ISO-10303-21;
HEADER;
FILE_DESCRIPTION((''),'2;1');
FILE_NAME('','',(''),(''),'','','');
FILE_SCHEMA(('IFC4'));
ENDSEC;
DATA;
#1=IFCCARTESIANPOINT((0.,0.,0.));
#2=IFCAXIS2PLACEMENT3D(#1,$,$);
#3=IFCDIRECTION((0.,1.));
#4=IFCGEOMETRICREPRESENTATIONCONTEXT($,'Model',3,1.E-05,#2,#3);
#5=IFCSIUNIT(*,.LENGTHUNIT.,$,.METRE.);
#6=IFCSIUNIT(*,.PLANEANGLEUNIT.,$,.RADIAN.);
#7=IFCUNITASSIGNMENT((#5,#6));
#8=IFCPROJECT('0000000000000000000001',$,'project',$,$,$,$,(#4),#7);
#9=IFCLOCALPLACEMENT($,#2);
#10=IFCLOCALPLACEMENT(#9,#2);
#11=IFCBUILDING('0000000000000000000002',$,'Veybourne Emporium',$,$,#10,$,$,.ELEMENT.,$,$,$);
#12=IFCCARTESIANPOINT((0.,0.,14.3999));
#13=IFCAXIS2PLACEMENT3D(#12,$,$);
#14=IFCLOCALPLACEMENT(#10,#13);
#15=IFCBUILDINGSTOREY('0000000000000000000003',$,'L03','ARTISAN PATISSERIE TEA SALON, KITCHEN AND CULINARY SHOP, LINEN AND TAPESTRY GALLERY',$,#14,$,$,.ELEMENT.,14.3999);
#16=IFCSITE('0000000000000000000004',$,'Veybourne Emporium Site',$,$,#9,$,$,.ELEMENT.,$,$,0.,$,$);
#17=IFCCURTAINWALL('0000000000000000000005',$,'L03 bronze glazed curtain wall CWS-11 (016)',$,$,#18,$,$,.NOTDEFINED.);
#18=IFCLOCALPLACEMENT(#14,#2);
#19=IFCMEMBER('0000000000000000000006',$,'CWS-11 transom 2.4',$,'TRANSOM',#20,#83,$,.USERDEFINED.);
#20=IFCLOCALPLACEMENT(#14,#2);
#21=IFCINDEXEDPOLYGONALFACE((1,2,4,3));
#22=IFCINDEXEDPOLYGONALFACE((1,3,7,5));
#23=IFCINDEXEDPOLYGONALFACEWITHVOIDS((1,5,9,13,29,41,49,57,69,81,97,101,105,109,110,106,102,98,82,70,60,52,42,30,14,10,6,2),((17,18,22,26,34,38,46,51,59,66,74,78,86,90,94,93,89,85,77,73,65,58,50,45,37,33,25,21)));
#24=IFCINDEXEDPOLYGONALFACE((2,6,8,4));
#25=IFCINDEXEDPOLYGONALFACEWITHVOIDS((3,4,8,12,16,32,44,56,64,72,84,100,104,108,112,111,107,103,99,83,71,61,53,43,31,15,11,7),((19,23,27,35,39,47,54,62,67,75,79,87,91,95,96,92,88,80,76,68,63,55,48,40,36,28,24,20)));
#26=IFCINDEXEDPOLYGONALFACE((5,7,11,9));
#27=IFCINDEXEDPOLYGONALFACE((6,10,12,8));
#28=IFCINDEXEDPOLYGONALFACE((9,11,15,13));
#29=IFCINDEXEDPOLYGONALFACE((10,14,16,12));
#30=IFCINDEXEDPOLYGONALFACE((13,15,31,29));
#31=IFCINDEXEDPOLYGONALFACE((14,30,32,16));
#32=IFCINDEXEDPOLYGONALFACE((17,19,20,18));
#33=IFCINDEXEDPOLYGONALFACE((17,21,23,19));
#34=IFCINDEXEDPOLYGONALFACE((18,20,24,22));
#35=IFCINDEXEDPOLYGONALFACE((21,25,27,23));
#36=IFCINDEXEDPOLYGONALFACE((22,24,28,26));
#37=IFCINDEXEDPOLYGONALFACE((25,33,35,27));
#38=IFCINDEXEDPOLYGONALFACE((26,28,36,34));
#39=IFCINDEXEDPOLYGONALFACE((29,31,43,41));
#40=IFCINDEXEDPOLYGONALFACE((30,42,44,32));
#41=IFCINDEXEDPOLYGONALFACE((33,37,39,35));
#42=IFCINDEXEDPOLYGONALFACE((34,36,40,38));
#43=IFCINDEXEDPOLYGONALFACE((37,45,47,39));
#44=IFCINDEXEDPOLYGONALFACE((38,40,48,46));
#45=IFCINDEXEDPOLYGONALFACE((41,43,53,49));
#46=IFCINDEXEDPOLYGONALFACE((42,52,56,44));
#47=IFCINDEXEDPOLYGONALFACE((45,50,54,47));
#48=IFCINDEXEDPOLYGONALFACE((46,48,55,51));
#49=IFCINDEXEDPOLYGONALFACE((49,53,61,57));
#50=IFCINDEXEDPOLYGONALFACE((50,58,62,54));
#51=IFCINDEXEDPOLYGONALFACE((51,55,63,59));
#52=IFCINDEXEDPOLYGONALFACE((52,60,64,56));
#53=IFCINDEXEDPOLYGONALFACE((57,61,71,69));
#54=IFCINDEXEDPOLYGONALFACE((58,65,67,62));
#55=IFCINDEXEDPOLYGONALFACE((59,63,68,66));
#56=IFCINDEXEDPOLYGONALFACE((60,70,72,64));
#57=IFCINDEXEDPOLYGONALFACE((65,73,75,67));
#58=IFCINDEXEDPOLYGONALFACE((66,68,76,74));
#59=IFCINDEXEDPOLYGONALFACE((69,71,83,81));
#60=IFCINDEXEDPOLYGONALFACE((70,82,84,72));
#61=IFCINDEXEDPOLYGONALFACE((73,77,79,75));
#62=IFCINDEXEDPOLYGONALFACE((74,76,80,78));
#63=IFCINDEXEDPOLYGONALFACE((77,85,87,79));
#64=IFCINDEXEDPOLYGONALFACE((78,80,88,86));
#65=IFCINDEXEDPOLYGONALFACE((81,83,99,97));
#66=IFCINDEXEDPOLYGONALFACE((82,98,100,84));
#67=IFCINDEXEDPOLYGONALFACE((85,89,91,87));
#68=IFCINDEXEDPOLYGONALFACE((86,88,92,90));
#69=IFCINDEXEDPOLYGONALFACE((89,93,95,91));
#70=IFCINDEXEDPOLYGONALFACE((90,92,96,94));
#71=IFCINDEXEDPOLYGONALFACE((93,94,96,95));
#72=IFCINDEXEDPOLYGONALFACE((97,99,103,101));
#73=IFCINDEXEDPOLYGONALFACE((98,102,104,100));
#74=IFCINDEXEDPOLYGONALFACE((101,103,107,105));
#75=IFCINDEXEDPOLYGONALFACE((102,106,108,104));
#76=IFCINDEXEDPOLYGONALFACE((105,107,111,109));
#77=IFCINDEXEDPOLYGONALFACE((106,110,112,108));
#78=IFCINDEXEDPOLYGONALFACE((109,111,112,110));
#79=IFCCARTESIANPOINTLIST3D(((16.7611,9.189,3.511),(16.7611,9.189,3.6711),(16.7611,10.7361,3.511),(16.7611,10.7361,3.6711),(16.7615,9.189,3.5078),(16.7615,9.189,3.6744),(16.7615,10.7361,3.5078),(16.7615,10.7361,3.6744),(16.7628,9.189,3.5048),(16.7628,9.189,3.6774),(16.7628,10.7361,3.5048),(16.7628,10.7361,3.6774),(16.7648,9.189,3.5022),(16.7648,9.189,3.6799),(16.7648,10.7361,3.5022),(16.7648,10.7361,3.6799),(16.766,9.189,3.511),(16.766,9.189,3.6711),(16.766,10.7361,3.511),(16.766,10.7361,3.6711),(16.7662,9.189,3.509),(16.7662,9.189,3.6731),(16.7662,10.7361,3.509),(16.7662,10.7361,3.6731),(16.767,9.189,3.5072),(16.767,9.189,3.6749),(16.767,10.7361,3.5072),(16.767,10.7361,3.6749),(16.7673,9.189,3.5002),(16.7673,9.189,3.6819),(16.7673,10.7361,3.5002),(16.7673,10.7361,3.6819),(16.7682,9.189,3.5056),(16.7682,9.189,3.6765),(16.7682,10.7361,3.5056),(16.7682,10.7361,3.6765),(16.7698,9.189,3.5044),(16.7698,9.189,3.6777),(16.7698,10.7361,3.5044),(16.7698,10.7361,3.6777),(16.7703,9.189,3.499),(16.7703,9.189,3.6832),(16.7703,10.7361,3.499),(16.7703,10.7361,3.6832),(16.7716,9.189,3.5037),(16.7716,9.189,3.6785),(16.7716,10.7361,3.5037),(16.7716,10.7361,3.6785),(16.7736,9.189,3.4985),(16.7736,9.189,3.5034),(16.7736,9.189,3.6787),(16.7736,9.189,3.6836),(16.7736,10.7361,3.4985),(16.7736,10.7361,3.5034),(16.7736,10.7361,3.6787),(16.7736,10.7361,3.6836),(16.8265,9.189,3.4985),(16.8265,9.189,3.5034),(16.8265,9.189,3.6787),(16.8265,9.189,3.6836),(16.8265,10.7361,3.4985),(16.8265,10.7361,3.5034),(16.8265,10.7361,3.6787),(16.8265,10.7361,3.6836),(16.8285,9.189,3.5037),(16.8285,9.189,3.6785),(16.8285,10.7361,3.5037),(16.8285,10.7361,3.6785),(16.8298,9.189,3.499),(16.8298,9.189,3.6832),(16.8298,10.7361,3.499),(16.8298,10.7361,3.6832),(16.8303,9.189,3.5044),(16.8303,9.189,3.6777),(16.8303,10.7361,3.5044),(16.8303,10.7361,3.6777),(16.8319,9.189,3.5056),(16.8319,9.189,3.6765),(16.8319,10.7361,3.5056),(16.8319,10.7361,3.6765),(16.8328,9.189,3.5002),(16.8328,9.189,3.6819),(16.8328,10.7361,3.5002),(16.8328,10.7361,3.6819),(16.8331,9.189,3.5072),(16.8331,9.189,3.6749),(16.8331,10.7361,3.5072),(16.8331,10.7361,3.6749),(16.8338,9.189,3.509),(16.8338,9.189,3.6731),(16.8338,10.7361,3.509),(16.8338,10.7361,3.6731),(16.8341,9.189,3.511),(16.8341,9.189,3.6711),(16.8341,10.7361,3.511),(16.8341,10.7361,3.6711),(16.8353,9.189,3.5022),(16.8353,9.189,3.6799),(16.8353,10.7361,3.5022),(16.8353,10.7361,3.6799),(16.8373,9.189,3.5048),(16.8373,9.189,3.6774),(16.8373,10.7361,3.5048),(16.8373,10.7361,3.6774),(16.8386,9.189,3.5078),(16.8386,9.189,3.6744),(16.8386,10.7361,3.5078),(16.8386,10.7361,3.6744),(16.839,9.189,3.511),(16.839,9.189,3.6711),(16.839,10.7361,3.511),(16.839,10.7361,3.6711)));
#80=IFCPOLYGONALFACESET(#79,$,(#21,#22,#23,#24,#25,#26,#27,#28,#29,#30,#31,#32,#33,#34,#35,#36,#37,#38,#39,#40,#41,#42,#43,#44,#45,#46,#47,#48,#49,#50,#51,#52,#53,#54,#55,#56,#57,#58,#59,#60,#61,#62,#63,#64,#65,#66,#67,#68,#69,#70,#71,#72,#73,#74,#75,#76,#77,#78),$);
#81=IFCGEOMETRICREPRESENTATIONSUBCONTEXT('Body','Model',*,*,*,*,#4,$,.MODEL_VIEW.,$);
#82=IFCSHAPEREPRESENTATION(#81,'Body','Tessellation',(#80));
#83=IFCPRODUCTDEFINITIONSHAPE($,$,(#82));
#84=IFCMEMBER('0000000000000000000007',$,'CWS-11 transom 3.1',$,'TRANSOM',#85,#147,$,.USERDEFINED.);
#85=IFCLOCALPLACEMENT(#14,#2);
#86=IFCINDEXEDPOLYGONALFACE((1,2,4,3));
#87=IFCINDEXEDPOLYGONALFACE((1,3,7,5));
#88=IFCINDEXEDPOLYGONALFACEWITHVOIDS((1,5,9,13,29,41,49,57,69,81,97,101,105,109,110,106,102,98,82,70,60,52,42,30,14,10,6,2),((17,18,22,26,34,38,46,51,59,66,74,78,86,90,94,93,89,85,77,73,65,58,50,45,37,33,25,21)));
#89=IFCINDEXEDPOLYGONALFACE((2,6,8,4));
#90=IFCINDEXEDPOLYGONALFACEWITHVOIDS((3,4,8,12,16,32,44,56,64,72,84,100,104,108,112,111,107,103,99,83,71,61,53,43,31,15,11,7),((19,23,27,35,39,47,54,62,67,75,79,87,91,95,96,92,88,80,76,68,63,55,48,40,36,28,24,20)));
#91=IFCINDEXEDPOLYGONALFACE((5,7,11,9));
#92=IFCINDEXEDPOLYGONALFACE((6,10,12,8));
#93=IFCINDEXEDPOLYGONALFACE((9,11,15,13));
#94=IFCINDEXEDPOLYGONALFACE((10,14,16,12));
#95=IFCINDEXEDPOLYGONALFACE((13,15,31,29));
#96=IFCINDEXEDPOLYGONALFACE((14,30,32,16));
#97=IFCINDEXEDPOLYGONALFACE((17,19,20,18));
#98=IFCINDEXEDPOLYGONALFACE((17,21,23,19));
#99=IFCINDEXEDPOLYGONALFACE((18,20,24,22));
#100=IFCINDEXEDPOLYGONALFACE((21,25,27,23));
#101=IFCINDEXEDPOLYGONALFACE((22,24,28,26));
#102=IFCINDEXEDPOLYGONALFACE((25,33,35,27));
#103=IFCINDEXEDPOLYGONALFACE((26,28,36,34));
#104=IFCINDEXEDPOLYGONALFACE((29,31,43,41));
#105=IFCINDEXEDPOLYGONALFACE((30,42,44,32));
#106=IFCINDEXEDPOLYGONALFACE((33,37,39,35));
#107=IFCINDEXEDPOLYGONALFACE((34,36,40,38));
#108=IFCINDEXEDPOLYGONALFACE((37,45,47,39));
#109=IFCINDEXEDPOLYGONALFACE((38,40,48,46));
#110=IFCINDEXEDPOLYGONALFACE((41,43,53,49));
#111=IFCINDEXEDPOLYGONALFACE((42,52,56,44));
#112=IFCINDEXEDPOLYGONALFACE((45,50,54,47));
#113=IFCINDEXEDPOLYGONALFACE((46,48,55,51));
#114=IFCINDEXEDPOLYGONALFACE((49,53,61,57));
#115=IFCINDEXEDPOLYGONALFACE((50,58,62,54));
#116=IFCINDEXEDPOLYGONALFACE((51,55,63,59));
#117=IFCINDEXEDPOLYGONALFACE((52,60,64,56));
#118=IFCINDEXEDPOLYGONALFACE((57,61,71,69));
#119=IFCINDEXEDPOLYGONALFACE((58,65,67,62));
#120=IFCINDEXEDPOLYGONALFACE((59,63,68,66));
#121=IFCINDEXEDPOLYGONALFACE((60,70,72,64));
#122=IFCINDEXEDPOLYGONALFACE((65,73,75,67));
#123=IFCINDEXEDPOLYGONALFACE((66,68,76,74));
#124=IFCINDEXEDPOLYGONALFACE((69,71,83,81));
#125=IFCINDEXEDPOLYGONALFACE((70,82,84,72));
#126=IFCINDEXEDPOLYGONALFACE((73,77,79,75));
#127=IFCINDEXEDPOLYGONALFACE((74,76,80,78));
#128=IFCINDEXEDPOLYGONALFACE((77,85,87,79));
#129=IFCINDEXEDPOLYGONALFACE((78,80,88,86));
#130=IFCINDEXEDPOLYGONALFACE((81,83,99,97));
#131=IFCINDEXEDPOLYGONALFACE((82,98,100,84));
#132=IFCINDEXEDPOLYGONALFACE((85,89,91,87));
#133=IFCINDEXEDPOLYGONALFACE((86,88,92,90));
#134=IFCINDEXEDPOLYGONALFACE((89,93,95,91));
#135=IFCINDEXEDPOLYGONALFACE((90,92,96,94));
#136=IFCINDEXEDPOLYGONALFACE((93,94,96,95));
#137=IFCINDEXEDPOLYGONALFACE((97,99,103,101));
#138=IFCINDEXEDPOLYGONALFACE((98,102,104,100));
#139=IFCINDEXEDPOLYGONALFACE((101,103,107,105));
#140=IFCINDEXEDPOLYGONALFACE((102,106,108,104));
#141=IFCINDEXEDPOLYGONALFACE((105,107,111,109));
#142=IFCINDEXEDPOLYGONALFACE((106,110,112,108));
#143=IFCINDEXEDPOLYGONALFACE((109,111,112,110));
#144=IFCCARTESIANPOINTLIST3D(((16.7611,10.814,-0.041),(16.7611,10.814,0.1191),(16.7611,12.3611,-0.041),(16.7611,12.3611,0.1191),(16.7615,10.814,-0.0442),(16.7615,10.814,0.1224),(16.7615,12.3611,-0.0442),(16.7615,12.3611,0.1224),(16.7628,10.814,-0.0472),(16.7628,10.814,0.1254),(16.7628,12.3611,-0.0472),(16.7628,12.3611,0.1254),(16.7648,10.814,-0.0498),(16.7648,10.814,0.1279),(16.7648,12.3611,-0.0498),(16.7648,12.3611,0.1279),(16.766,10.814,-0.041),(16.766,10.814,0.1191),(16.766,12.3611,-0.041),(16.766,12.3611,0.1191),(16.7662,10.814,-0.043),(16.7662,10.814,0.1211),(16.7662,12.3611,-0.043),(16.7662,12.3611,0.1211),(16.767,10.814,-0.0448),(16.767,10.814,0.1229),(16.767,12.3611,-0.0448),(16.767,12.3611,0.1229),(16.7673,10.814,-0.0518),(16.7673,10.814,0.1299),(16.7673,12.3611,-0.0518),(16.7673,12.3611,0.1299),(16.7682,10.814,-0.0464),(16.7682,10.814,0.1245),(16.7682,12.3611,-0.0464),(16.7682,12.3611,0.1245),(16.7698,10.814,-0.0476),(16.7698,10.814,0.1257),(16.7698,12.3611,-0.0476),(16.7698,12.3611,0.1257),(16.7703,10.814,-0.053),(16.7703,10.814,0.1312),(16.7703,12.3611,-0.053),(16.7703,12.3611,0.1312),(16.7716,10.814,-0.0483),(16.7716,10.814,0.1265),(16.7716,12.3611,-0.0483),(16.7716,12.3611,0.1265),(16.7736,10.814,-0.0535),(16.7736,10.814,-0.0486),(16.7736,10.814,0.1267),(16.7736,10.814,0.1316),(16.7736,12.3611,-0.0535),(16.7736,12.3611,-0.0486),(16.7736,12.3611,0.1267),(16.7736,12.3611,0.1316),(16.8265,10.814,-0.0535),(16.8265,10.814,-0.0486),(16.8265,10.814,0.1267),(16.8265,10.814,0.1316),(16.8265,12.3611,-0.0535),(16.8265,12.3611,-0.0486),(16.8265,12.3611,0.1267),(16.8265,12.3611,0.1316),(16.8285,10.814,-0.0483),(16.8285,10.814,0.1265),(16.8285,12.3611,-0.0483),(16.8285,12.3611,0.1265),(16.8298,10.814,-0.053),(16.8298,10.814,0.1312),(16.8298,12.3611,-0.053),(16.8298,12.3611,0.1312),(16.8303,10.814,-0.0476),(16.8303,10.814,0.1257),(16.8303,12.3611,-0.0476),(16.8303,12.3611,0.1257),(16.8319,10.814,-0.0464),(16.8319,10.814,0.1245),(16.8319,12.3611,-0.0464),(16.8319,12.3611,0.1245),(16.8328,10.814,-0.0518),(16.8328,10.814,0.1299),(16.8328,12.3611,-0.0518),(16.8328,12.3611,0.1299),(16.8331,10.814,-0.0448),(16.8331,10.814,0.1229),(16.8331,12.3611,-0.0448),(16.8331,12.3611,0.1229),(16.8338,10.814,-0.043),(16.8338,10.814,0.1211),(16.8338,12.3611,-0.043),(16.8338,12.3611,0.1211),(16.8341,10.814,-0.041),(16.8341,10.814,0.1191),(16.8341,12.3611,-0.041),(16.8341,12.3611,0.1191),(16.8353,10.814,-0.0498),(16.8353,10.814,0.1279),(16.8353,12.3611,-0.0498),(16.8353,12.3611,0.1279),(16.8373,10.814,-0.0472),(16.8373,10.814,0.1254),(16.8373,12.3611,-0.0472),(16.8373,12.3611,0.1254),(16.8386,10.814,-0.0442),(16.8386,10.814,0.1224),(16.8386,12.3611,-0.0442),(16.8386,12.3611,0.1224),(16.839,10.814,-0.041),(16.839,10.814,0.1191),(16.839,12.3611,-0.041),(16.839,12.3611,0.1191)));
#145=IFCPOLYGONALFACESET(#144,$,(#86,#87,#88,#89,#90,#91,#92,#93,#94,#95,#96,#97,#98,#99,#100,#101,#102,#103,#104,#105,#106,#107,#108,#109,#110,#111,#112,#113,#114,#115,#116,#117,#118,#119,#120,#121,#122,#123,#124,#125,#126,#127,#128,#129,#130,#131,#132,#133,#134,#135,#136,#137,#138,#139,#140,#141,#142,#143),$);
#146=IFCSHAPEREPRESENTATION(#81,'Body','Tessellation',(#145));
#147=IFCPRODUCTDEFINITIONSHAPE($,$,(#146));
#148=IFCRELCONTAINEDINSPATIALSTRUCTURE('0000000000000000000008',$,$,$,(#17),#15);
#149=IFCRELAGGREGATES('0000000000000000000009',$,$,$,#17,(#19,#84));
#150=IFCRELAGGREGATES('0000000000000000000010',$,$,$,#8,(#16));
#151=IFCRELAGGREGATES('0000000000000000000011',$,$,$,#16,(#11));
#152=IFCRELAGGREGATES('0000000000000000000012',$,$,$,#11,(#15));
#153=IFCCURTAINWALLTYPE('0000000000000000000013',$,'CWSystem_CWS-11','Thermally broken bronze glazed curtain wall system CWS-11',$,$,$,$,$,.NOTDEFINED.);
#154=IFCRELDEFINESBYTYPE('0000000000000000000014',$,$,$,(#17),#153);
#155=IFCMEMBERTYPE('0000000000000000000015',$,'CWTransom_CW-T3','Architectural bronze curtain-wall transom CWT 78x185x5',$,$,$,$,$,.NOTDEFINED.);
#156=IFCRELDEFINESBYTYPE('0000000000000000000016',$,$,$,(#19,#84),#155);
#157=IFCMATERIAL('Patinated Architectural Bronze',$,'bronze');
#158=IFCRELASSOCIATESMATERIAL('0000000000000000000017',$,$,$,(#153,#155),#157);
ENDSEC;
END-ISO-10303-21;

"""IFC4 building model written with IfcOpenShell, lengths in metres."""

from ifc_helpers import new_model, si_unit, direction, frame, origin, origin_2d, place, context, subcontext, project, spatial, hollow_rectangle, extrude, material, material_profile, profile_set, type_object, element, aggregate, save


model = new_model("IFC4")

# Units and contexts
model_context = context("Model", 3, precision=1e-05, world=origin(), true_north=direction((0.0, 1.0)))
body_context = subcontext(model_context, "Body", "Model", "MODEL_VIEW")
ifc_project = project(units=[si_unit("LENGTHUNIT", "METRE"), si_unit("PLANEANGLEUNIT", "RADIAN")], contexts=[model_context])

# Site, building, storey
site_placement = place(None, origin())
site = spatial("IfcSite", under=ifc_project, at=site_placement, Name="Veybourne Emporium Site", CompositionType="ELEMENT", RefElevation=0.0)
building_placement = place(site_placement, origin())
building = spatial("IfcBuilding", under=site, at=building_placement, Name="Veybourne Emporium", CompositionType="ELEMENT")
storey_placement = place(building_placement, frame((0.0, 0.0, 14.3999)))
storey = spatial("IfcBuildingStorey", under=building, at=storey_placement, Name="L03", Description="ARTISAN PATISSERIE TEA SALON, KITCHEN AND CULINARY SHOP, LINEN AND TAPESTRY GALLERY", CompositionType="ELEMENT", Elevation=14.3999)

# Curtain wall, members
ifc_material_1 = material(Name="Patinated Architectural Bronze", Category="bronze")
curtain_wall_type = type_object("IfcCurtainWallType", Name="CWSystem_CWS-11", Description="Thermally broken bronze glazed curtain wall system CWS-11", PredefinedType="NOTDEFINED", material=ifc_material_1)
curtain_wall_placement = place(storey_placement, origin())
curtain_wall = element("IfcCurtainWall", 1, at=curtain_wall_placement, inside=storey, type_object=curtain_wall_type, Name="L03 bronze glazed curtain wall CWS-11 (016)", PredefinedType="NOTDEFINED")
ifc_material_profile_1 = material_profile(ifc_material_1, hollow_rectangle(XDim=0.0779, YDim=0.1851, WallThickness=0.0049, InnerFilletRadius=0.0076, OuterFilletRadius=0.0125, at=origin_2d()), Name="CWT 78x185x5")
ifc_profile_set_1 = profile_set([ifc_material_profile_1], Name="Patinated Architectural Bronze")
member_type_1 = type_object("IfcMemberType", Name="CWTransom_CW-T3", Description="Architectural bronze curtain-wall transom CWT 78x185x5", PredefinedType="NOTDEFINED", material=ifc_profile_set_1)
member_1_placement = place(storey_placement, frame((16.8, 9.189, 3.5911), z_axis=(0.0, 1.0, 0.0), x_axis=(-1.0, 0.0, 0.0)))
member_1 = element("IfcMember", 2, at=member_1_placement, type_object=member_type_1, Name="CWS-11 transom 2.4", ObjectType="TRANSOM", PredefinedType="USERDEFINED", context=body_context, shape_type="SweptSolid", body=[
    extrude(hollow_rectangle(XDim=0.0779, YDim=0.1851, WallThickness=0.0049, InnerFilletRadius=0.0076, OuterFilletRadius=0.0125, at=origin_2d()), origin(), (0.0, 0.0, 1.0), 1.5471),
])
member_2_placement = place(storey_placement, frame((16.8, 10.814, 0.0391), z_axis=(0.0, 1.0, 0.0), x_axis=(-1.0, 0.0, 0.0)))
member_2 = element("IfcMember", 3, at=member_2_placement, type_object=member_type_1, Name="CWS-11 transom 3.1", ObjectType="TRANSOM", PredefinedType="USERDEFINED", context=body_context, shape_type="SweptSolid", body=[
    extrude(hollow_rectangle(XDim=0.0779, YDim=0.1851, WallThickness=0.0049, InnerFilletRadius=0.0076, OuterFilletRadius=0.0125, at=origin_2d()), origin(), (0.0, 0.0, 1.0), 1.5471),
])
aggregate(curtain_wall, [member_1, member_2])

save(model, "model.ifc")
